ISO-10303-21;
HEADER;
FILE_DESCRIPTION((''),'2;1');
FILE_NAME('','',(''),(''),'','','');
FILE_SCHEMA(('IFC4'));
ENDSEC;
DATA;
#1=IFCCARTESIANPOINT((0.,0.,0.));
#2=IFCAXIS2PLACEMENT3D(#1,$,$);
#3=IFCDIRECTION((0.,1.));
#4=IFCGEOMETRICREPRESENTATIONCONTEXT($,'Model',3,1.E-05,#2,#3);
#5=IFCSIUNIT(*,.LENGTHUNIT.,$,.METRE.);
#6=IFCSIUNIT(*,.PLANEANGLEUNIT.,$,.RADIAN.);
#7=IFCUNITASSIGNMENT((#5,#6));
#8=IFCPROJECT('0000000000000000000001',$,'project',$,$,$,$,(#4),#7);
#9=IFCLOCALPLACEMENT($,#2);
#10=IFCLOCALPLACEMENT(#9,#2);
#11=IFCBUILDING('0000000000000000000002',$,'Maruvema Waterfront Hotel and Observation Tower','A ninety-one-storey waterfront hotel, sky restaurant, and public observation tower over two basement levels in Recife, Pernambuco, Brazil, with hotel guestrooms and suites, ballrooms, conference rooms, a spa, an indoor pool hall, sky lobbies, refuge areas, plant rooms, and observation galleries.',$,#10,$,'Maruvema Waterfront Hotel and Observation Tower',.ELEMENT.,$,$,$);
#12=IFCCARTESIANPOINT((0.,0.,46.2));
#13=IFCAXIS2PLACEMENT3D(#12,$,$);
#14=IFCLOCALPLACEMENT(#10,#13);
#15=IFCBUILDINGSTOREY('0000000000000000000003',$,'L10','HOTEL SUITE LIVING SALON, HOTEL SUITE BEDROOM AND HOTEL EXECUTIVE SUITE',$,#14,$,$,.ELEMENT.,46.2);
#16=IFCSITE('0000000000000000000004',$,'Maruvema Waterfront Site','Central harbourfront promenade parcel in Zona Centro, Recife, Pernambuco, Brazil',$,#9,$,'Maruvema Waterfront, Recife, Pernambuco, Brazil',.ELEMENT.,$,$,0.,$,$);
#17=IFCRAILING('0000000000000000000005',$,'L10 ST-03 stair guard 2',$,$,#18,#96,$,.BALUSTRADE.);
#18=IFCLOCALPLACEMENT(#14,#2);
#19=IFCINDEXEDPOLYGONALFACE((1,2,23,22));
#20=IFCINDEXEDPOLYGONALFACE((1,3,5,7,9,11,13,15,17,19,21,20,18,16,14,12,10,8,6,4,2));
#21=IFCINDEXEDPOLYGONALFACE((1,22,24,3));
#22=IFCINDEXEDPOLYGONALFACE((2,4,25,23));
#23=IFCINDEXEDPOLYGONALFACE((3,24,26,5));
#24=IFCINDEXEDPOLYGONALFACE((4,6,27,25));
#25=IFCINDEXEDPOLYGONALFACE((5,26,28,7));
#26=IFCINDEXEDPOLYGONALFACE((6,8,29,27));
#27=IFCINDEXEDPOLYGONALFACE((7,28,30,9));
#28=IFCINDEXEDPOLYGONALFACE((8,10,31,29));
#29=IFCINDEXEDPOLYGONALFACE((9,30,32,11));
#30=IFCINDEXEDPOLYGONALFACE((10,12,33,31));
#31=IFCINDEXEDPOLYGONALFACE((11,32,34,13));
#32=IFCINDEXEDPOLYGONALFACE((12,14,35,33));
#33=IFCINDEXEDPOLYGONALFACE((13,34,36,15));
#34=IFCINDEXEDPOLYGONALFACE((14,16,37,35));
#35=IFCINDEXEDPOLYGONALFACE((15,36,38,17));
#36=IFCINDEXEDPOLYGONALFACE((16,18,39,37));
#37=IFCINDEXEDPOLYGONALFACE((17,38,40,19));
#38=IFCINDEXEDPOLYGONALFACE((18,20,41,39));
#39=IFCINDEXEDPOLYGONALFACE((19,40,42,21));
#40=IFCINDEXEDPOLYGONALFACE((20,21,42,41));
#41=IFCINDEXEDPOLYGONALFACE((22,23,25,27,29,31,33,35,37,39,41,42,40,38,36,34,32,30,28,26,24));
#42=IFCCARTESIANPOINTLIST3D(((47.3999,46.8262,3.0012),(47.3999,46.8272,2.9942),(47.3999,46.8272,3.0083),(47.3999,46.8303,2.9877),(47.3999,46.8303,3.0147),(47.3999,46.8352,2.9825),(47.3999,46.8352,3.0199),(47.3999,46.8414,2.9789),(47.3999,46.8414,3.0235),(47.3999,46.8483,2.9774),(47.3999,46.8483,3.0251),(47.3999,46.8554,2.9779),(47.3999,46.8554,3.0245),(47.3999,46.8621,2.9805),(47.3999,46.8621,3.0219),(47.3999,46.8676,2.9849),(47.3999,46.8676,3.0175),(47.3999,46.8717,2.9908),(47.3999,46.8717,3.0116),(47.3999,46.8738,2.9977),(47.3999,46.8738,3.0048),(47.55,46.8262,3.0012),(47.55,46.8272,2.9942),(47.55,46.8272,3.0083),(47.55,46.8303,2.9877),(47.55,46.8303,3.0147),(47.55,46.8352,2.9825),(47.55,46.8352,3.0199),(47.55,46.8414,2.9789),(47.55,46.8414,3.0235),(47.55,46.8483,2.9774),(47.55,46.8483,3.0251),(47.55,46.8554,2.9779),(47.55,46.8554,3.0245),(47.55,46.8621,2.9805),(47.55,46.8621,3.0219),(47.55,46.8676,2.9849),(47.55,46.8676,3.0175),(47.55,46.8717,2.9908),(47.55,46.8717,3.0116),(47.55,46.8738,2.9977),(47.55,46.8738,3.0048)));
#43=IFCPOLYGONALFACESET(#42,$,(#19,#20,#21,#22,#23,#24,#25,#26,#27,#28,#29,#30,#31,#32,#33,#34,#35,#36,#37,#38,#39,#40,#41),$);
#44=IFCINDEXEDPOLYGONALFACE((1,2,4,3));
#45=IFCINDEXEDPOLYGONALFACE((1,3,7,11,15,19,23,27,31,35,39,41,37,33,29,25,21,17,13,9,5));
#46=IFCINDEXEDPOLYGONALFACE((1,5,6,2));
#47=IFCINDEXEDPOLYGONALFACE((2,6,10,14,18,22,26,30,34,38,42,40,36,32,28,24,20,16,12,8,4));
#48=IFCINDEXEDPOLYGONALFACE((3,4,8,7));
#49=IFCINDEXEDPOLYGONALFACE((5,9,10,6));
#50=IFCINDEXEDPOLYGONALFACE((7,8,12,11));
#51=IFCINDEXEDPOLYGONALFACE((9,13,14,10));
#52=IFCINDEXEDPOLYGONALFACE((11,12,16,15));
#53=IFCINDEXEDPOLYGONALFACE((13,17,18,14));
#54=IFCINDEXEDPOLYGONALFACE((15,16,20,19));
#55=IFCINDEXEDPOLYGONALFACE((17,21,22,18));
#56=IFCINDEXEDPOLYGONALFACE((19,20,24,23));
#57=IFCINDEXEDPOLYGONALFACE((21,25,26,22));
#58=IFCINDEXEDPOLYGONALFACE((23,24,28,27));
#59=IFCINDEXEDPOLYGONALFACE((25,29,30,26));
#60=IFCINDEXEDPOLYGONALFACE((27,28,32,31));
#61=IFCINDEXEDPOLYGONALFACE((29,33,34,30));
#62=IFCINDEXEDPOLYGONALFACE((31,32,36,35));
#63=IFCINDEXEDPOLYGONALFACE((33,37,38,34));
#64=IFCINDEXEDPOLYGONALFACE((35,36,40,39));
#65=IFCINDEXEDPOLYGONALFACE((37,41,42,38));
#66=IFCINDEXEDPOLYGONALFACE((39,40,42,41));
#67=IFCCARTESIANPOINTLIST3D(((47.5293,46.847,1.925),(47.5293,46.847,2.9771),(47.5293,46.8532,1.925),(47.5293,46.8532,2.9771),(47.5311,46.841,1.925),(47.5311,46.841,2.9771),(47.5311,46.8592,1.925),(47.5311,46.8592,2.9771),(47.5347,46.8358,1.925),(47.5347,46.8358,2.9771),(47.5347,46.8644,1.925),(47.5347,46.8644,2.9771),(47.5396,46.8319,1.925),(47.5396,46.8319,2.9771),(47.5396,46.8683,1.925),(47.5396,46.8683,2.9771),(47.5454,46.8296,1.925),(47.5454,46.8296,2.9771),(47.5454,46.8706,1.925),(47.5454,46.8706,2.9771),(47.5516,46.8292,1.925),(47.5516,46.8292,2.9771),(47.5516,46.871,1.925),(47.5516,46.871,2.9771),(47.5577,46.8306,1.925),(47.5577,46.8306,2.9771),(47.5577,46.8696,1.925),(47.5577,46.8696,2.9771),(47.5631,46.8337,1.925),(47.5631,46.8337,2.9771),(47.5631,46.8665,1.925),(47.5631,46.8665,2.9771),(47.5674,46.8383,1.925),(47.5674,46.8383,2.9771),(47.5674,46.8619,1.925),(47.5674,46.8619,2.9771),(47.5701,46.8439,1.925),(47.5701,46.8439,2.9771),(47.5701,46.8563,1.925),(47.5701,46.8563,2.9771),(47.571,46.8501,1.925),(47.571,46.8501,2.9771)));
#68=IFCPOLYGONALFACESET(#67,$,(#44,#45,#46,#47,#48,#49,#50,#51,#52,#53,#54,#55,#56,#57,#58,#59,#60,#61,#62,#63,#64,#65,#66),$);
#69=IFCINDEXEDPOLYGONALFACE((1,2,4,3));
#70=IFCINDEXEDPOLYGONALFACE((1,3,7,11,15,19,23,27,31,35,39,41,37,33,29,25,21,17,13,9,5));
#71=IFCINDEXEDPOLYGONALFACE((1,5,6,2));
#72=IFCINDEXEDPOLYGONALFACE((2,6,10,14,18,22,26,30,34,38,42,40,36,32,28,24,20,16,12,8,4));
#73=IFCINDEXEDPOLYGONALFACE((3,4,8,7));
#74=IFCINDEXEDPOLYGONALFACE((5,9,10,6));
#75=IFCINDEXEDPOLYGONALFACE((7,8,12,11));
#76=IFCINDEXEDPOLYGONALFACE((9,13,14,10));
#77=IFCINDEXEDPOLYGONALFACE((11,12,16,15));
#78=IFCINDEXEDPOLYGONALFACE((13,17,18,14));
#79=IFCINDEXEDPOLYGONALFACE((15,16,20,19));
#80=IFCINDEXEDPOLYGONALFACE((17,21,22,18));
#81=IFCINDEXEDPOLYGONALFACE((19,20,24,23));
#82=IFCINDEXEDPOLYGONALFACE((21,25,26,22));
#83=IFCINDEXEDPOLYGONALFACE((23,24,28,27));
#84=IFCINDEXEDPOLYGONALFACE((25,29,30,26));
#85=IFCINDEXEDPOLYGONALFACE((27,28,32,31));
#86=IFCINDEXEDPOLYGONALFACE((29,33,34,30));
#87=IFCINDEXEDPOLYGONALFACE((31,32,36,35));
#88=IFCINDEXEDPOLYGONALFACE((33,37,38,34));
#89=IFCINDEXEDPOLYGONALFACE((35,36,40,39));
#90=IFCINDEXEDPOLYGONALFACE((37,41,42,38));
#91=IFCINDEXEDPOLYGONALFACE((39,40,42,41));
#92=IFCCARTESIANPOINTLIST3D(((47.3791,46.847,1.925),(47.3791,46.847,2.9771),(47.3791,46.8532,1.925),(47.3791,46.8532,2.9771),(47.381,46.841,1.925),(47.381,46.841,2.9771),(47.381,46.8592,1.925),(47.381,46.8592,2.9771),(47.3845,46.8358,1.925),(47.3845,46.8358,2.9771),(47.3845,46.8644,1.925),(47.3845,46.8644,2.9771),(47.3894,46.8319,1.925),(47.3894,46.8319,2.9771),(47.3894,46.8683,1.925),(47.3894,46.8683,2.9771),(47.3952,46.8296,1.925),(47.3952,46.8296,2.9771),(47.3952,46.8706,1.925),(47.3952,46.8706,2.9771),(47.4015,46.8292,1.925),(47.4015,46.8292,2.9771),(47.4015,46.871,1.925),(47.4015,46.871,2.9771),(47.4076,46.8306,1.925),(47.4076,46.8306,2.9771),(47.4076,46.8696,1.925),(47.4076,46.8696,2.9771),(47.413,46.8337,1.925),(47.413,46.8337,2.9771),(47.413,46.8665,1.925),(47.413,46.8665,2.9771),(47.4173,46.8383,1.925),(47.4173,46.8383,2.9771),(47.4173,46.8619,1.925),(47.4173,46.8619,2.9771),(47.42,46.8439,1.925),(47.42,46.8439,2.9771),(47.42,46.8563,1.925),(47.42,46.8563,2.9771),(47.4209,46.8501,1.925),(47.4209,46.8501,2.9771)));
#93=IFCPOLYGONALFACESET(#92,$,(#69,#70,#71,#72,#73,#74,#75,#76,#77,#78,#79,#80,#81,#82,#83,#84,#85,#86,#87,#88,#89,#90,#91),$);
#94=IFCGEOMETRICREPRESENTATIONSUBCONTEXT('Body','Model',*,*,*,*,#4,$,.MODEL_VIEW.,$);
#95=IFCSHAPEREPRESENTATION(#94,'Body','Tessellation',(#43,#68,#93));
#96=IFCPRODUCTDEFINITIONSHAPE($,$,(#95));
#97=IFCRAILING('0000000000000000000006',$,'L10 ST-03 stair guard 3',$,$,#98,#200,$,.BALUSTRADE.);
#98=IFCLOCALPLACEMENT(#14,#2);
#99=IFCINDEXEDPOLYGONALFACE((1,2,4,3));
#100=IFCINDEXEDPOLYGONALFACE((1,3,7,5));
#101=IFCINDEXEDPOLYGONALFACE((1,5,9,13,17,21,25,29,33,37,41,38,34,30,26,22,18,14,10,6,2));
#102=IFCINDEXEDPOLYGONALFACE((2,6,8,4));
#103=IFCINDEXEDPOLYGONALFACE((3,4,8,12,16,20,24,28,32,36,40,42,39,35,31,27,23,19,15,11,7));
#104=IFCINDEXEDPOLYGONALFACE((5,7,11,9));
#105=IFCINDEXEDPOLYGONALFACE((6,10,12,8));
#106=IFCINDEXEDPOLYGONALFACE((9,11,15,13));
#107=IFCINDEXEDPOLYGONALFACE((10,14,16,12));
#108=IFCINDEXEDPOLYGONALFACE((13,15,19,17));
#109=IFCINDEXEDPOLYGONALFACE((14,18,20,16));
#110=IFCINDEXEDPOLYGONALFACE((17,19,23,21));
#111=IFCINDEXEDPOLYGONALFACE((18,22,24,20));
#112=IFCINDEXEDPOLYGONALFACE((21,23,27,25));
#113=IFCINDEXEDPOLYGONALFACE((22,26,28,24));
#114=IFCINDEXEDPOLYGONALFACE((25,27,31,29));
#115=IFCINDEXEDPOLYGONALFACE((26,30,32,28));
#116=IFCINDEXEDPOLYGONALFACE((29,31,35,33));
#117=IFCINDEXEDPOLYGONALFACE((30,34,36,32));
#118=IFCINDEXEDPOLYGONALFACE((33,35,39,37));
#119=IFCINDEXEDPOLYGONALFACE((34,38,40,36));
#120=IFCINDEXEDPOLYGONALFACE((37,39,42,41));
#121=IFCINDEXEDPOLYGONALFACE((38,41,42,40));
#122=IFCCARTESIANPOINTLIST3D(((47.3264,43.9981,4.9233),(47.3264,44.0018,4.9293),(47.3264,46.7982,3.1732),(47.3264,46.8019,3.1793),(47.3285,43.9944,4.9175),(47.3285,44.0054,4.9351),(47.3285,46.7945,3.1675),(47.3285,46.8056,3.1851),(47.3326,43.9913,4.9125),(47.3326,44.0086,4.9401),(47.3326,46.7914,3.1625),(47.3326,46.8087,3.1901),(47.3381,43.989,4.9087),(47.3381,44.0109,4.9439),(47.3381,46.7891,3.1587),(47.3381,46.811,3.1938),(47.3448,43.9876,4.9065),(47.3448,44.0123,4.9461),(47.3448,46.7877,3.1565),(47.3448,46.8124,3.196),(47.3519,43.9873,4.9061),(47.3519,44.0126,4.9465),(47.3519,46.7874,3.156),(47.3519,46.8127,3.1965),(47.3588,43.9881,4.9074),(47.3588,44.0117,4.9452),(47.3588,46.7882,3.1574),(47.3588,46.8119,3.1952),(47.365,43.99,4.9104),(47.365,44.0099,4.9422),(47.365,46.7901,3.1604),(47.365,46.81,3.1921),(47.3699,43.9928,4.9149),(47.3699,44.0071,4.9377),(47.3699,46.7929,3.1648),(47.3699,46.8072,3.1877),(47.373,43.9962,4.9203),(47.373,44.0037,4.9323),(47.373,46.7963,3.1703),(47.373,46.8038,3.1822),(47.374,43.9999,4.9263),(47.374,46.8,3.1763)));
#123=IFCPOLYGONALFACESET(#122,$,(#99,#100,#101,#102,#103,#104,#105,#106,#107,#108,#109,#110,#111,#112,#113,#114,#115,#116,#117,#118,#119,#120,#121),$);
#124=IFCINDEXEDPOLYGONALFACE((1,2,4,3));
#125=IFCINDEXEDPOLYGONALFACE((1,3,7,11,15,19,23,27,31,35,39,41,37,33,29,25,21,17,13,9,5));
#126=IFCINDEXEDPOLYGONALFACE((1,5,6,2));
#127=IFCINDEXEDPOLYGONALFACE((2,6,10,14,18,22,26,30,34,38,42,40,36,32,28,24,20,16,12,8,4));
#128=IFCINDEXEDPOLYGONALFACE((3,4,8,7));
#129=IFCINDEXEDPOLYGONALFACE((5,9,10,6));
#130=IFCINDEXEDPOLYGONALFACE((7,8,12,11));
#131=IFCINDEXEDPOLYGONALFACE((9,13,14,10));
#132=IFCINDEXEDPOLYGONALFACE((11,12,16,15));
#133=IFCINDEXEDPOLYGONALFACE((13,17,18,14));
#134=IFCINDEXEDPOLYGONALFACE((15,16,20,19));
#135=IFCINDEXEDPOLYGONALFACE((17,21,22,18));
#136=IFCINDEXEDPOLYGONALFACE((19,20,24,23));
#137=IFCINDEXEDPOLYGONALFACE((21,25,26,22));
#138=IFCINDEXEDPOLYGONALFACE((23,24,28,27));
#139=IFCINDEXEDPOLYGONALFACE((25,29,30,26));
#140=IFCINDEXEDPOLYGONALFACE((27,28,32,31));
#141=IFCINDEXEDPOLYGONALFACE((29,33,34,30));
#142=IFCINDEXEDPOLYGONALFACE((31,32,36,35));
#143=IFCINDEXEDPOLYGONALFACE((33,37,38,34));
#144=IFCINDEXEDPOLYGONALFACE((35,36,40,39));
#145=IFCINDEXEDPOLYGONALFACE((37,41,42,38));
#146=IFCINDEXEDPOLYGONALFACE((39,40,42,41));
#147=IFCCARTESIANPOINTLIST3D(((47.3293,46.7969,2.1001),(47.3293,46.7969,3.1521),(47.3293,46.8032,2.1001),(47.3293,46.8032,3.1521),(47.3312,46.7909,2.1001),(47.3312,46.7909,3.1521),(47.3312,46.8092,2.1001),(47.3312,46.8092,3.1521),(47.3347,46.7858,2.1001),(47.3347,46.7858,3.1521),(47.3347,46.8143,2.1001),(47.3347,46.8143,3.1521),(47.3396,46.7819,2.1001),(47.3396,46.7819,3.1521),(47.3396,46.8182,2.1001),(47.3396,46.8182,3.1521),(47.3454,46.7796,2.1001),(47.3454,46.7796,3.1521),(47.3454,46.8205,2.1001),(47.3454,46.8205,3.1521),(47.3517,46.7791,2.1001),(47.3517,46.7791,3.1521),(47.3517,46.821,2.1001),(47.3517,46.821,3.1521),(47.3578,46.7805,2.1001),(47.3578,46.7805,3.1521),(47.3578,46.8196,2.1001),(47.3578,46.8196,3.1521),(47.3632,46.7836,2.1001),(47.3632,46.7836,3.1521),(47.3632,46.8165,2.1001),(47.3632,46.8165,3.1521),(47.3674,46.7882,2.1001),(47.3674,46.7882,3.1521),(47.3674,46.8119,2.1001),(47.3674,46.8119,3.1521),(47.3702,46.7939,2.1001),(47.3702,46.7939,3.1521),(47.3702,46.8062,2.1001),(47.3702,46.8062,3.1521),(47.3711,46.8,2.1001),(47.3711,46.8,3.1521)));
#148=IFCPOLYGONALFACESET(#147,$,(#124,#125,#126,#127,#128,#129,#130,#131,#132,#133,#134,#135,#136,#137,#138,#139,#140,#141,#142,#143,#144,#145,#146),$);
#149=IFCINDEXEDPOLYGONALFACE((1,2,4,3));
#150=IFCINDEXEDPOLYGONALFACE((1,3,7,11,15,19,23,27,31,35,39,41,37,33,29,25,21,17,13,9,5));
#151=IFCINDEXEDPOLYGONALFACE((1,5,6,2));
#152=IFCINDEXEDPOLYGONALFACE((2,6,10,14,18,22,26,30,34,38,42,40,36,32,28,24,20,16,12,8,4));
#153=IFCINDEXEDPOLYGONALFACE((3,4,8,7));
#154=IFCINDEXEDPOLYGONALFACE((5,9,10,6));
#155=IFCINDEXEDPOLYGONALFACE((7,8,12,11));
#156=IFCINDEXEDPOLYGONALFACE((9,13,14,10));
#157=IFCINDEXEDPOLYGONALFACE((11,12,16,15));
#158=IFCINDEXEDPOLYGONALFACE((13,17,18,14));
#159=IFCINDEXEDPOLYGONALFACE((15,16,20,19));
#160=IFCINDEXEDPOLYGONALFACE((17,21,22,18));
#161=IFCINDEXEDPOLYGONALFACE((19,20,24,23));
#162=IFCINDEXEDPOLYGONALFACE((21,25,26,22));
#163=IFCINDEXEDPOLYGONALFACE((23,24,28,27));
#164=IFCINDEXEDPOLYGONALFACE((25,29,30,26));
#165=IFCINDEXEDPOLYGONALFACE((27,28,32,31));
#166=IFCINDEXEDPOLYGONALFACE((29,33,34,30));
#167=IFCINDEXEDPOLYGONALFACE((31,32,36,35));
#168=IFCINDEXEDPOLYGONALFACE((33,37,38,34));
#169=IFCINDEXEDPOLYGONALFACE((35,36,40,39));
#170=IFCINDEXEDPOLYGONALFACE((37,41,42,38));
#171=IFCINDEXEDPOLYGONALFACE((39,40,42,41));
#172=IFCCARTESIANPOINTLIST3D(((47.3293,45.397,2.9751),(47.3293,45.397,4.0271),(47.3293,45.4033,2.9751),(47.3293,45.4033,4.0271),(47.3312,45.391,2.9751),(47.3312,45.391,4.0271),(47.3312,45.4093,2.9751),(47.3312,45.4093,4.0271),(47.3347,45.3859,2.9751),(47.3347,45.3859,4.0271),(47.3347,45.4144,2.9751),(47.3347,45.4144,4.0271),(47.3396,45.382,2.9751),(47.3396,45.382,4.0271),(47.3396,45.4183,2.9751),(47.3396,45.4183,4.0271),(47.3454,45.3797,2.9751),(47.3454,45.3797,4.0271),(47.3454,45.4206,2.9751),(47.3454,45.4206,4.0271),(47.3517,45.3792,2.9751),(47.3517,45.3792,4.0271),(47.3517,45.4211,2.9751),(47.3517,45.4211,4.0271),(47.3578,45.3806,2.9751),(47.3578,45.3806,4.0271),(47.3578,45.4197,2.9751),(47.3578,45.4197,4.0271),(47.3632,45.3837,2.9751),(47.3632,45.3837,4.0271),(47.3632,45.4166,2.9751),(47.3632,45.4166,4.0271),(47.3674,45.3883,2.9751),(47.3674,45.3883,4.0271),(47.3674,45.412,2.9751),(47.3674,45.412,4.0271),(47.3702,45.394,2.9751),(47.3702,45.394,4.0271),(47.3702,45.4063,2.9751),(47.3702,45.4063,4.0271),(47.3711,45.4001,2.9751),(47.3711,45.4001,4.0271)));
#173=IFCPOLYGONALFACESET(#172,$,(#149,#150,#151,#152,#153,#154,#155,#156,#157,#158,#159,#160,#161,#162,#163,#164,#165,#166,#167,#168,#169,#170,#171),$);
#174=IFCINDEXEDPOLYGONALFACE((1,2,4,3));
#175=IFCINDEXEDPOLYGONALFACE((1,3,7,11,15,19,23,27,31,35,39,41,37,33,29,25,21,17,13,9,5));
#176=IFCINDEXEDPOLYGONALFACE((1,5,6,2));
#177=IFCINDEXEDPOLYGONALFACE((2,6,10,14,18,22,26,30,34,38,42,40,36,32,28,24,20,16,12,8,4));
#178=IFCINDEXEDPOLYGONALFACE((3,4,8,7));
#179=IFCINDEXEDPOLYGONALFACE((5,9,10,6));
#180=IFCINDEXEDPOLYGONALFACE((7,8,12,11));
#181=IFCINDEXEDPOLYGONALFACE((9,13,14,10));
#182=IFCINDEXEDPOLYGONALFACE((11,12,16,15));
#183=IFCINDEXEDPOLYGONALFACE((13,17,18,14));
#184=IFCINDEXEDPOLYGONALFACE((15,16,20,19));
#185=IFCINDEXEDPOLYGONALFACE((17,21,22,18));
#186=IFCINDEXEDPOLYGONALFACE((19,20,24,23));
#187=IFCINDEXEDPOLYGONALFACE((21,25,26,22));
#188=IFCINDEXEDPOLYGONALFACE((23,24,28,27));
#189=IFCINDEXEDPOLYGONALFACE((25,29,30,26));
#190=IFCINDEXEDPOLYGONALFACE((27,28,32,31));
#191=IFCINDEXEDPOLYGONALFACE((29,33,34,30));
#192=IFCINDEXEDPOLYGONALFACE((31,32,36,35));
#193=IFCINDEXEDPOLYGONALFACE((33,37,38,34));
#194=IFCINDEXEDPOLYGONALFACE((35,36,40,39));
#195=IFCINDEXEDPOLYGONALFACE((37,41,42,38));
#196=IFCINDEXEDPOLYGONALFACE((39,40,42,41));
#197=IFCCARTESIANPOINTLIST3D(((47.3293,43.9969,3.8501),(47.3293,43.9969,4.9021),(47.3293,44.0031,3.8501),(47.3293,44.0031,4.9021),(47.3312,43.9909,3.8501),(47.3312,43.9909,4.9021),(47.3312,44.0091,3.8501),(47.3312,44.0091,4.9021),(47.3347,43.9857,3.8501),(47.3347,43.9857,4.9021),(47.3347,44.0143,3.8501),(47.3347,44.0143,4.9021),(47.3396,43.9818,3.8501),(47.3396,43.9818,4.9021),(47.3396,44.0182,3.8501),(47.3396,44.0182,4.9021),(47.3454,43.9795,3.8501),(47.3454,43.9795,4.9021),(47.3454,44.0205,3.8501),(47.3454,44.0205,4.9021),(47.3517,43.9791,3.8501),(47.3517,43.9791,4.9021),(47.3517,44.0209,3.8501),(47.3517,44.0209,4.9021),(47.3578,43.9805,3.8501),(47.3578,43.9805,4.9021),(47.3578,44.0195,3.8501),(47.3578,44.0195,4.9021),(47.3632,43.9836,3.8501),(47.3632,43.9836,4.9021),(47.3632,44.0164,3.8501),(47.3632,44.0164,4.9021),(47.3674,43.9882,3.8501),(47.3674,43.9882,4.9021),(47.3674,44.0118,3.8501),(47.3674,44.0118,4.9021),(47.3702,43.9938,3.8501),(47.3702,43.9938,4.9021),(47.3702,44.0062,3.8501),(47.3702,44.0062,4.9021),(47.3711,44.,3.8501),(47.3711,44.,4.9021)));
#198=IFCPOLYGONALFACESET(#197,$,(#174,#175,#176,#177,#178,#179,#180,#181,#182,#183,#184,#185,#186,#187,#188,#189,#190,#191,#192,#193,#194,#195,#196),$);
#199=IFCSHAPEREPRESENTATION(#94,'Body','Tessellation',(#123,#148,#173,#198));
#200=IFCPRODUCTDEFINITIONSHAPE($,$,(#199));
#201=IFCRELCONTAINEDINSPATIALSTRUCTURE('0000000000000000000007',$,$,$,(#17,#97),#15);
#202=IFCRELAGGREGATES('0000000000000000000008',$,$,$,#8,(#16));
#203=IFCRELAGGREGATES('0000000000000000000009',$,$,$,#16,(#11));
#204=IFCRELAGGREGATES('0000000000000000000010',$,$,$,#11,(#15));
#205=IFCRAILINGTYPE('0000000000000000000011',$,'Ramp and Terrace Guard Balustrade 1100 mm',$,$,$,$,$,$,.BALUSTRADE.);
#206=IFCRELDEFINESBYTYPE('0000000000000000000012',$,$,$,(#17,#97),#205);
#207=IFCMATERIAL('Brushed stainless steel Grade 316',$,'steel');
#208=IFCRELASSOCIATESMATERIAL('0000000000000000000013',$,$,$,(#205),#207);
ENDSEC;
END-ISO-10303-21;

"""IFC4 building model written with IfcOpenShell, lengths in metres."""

from ifc_helpers import new_model, si_unit, direction, frame, origin, origin_2d, place, context, subcontext, project, spatial, circle, extrude, material, type_object, element, save


model = new_model("IFC4")

# Units and contexts
model_context = context("Model", 3, precision=1e-05, world=origin(), true_north=direction((0.0, 1.0)))
body_context = subcontext(model_context, "Body", "Model", "MODEL_VIEW")
ifc_project = project(units=[si_unit("LENGTHUNIT", "METRE"), si_unit("PLANEANGLEUNIT", "RADIAN")], contexts=[model_context])

# Site, building, storey
site_placement = place(None, origin())
site = spatial("IfcSite", under=ifc_project, at=site_placement, Name="Maruvema Waterfront Site", Description="Central harbourfront promenade parcel in Zona Centro, Recife, Pernambuco, Brazil", LongName="Maruvema Waterfront, Recife, Pernambuco, Brazil", CompositionType="ELEMENT", RefElevation=0.0)
building_placement = place(site_placement, origin())
building = spatial("IfcBuilding", under=site, at=building_placement, Name="Maruvema Waterfront Hotel and Observation Tower", Description="A ninety-one-storey waterfront hotel, sky restaurant, and public observation tower over two basement levels in Recife, Pernambuco, Brazil, with hotel guestrooms and suites, ballrooms, conference rooms, a spa, an indoor pool hall, sky lobbies, refuge areas, plant rooms, and observation galleries.", LongName="Maruvema Waterfront Hotel and Observation Tower", CompositionType="ELEMENT")
storey_placement = place(building_placement, frame((0.0, 0.0, 46.2)))
storey = spatial("IfcBuildingStorey", under=building, at=storey_placement, Name="L10", Description="HOTEL SUITE LIVING SALON, HOTEL SUITE BEDROOM AND HOTEL EXECUTIVE SUITE", CompositionType="ELEMENT", Elevation=46.2)

# Railings
ifc_material_1 = material(Name="Brushed stainless steel Grade 316", Category="steel")
railing_type_1 = type_object("IfcRailingType", Name="Ramp and Terrace Guard Balustrade 1100 mm", PredefinedType="BALUSTRADE", material=ifc_material_1)
railing_1_placement = place(storey_placement, frame((47.55, 46.8501, 1.925)))
element("IfcRailing", 1, at=railing_1_placement, inside=storey, type_object=railing_type_1, Name="L10 ST-03 stair guard 2", PredefinedType="BALUSTRADE", context=body_context, shape_type="SweptSolid", body=[
    extrude(circle(Radius=0.0239, at=origin_2d()), frame((0.0, 0.0, 1.0762), z_axis=(-1.0, 0.0, 0.0), x_axis=(0.0, -1.0, 0.0)), (0.0, 0.0, 1.0), 0.1501),
    extrude(circle(Radius=0.021, at=origin_2d()), origin(), (0.0, 0.0, 1.0), 1.052),
    extrude(circle(Radius=0.021, at=origin_2d()), frame((-0.1501, 0.0, 0.0)), (0.0, 0.0, 1.0), 1.052),
])
railing_2_placement = place(storey_placement, frame((47.3501, 46.8, 2.1001)))
element("IfcRailing", 2, at=railing_2_placement, inside=storey, type_object=railing_type_1, Name="L10 ST-03 stair guard 3", PredefinedType="BALUSTRADE", context=body_context, shape_type="SweptSolid", body=[
    extrude(circle(Radius=0.0239, at=origin_2d()), frame((0.0, 0.0, 1.0762), z_axis=(0.0, -0.848002, 0.529992), x_axis=(1.0, 0.0, 0.0)), (0.0, 0.0, 1.0), 3.302),
    extrude(circle(Radius=0.021, at=origin_2d()), origin(), (0.0, 0.0, 1.0), 1.052),
    extrude(circle(Radius=0.021, at=origin_2d()), frame((0.0, -1.3999, 0.875)), (0.0, 0.0, 1.0), 1.052),
    extrude(circle(Radius=0.021, at=origin_2d()), frame((0.0, -2.8, 1.75)), (0.0, 0.0, 1.0), 1.052),
])

save(model, "model.ifc")
